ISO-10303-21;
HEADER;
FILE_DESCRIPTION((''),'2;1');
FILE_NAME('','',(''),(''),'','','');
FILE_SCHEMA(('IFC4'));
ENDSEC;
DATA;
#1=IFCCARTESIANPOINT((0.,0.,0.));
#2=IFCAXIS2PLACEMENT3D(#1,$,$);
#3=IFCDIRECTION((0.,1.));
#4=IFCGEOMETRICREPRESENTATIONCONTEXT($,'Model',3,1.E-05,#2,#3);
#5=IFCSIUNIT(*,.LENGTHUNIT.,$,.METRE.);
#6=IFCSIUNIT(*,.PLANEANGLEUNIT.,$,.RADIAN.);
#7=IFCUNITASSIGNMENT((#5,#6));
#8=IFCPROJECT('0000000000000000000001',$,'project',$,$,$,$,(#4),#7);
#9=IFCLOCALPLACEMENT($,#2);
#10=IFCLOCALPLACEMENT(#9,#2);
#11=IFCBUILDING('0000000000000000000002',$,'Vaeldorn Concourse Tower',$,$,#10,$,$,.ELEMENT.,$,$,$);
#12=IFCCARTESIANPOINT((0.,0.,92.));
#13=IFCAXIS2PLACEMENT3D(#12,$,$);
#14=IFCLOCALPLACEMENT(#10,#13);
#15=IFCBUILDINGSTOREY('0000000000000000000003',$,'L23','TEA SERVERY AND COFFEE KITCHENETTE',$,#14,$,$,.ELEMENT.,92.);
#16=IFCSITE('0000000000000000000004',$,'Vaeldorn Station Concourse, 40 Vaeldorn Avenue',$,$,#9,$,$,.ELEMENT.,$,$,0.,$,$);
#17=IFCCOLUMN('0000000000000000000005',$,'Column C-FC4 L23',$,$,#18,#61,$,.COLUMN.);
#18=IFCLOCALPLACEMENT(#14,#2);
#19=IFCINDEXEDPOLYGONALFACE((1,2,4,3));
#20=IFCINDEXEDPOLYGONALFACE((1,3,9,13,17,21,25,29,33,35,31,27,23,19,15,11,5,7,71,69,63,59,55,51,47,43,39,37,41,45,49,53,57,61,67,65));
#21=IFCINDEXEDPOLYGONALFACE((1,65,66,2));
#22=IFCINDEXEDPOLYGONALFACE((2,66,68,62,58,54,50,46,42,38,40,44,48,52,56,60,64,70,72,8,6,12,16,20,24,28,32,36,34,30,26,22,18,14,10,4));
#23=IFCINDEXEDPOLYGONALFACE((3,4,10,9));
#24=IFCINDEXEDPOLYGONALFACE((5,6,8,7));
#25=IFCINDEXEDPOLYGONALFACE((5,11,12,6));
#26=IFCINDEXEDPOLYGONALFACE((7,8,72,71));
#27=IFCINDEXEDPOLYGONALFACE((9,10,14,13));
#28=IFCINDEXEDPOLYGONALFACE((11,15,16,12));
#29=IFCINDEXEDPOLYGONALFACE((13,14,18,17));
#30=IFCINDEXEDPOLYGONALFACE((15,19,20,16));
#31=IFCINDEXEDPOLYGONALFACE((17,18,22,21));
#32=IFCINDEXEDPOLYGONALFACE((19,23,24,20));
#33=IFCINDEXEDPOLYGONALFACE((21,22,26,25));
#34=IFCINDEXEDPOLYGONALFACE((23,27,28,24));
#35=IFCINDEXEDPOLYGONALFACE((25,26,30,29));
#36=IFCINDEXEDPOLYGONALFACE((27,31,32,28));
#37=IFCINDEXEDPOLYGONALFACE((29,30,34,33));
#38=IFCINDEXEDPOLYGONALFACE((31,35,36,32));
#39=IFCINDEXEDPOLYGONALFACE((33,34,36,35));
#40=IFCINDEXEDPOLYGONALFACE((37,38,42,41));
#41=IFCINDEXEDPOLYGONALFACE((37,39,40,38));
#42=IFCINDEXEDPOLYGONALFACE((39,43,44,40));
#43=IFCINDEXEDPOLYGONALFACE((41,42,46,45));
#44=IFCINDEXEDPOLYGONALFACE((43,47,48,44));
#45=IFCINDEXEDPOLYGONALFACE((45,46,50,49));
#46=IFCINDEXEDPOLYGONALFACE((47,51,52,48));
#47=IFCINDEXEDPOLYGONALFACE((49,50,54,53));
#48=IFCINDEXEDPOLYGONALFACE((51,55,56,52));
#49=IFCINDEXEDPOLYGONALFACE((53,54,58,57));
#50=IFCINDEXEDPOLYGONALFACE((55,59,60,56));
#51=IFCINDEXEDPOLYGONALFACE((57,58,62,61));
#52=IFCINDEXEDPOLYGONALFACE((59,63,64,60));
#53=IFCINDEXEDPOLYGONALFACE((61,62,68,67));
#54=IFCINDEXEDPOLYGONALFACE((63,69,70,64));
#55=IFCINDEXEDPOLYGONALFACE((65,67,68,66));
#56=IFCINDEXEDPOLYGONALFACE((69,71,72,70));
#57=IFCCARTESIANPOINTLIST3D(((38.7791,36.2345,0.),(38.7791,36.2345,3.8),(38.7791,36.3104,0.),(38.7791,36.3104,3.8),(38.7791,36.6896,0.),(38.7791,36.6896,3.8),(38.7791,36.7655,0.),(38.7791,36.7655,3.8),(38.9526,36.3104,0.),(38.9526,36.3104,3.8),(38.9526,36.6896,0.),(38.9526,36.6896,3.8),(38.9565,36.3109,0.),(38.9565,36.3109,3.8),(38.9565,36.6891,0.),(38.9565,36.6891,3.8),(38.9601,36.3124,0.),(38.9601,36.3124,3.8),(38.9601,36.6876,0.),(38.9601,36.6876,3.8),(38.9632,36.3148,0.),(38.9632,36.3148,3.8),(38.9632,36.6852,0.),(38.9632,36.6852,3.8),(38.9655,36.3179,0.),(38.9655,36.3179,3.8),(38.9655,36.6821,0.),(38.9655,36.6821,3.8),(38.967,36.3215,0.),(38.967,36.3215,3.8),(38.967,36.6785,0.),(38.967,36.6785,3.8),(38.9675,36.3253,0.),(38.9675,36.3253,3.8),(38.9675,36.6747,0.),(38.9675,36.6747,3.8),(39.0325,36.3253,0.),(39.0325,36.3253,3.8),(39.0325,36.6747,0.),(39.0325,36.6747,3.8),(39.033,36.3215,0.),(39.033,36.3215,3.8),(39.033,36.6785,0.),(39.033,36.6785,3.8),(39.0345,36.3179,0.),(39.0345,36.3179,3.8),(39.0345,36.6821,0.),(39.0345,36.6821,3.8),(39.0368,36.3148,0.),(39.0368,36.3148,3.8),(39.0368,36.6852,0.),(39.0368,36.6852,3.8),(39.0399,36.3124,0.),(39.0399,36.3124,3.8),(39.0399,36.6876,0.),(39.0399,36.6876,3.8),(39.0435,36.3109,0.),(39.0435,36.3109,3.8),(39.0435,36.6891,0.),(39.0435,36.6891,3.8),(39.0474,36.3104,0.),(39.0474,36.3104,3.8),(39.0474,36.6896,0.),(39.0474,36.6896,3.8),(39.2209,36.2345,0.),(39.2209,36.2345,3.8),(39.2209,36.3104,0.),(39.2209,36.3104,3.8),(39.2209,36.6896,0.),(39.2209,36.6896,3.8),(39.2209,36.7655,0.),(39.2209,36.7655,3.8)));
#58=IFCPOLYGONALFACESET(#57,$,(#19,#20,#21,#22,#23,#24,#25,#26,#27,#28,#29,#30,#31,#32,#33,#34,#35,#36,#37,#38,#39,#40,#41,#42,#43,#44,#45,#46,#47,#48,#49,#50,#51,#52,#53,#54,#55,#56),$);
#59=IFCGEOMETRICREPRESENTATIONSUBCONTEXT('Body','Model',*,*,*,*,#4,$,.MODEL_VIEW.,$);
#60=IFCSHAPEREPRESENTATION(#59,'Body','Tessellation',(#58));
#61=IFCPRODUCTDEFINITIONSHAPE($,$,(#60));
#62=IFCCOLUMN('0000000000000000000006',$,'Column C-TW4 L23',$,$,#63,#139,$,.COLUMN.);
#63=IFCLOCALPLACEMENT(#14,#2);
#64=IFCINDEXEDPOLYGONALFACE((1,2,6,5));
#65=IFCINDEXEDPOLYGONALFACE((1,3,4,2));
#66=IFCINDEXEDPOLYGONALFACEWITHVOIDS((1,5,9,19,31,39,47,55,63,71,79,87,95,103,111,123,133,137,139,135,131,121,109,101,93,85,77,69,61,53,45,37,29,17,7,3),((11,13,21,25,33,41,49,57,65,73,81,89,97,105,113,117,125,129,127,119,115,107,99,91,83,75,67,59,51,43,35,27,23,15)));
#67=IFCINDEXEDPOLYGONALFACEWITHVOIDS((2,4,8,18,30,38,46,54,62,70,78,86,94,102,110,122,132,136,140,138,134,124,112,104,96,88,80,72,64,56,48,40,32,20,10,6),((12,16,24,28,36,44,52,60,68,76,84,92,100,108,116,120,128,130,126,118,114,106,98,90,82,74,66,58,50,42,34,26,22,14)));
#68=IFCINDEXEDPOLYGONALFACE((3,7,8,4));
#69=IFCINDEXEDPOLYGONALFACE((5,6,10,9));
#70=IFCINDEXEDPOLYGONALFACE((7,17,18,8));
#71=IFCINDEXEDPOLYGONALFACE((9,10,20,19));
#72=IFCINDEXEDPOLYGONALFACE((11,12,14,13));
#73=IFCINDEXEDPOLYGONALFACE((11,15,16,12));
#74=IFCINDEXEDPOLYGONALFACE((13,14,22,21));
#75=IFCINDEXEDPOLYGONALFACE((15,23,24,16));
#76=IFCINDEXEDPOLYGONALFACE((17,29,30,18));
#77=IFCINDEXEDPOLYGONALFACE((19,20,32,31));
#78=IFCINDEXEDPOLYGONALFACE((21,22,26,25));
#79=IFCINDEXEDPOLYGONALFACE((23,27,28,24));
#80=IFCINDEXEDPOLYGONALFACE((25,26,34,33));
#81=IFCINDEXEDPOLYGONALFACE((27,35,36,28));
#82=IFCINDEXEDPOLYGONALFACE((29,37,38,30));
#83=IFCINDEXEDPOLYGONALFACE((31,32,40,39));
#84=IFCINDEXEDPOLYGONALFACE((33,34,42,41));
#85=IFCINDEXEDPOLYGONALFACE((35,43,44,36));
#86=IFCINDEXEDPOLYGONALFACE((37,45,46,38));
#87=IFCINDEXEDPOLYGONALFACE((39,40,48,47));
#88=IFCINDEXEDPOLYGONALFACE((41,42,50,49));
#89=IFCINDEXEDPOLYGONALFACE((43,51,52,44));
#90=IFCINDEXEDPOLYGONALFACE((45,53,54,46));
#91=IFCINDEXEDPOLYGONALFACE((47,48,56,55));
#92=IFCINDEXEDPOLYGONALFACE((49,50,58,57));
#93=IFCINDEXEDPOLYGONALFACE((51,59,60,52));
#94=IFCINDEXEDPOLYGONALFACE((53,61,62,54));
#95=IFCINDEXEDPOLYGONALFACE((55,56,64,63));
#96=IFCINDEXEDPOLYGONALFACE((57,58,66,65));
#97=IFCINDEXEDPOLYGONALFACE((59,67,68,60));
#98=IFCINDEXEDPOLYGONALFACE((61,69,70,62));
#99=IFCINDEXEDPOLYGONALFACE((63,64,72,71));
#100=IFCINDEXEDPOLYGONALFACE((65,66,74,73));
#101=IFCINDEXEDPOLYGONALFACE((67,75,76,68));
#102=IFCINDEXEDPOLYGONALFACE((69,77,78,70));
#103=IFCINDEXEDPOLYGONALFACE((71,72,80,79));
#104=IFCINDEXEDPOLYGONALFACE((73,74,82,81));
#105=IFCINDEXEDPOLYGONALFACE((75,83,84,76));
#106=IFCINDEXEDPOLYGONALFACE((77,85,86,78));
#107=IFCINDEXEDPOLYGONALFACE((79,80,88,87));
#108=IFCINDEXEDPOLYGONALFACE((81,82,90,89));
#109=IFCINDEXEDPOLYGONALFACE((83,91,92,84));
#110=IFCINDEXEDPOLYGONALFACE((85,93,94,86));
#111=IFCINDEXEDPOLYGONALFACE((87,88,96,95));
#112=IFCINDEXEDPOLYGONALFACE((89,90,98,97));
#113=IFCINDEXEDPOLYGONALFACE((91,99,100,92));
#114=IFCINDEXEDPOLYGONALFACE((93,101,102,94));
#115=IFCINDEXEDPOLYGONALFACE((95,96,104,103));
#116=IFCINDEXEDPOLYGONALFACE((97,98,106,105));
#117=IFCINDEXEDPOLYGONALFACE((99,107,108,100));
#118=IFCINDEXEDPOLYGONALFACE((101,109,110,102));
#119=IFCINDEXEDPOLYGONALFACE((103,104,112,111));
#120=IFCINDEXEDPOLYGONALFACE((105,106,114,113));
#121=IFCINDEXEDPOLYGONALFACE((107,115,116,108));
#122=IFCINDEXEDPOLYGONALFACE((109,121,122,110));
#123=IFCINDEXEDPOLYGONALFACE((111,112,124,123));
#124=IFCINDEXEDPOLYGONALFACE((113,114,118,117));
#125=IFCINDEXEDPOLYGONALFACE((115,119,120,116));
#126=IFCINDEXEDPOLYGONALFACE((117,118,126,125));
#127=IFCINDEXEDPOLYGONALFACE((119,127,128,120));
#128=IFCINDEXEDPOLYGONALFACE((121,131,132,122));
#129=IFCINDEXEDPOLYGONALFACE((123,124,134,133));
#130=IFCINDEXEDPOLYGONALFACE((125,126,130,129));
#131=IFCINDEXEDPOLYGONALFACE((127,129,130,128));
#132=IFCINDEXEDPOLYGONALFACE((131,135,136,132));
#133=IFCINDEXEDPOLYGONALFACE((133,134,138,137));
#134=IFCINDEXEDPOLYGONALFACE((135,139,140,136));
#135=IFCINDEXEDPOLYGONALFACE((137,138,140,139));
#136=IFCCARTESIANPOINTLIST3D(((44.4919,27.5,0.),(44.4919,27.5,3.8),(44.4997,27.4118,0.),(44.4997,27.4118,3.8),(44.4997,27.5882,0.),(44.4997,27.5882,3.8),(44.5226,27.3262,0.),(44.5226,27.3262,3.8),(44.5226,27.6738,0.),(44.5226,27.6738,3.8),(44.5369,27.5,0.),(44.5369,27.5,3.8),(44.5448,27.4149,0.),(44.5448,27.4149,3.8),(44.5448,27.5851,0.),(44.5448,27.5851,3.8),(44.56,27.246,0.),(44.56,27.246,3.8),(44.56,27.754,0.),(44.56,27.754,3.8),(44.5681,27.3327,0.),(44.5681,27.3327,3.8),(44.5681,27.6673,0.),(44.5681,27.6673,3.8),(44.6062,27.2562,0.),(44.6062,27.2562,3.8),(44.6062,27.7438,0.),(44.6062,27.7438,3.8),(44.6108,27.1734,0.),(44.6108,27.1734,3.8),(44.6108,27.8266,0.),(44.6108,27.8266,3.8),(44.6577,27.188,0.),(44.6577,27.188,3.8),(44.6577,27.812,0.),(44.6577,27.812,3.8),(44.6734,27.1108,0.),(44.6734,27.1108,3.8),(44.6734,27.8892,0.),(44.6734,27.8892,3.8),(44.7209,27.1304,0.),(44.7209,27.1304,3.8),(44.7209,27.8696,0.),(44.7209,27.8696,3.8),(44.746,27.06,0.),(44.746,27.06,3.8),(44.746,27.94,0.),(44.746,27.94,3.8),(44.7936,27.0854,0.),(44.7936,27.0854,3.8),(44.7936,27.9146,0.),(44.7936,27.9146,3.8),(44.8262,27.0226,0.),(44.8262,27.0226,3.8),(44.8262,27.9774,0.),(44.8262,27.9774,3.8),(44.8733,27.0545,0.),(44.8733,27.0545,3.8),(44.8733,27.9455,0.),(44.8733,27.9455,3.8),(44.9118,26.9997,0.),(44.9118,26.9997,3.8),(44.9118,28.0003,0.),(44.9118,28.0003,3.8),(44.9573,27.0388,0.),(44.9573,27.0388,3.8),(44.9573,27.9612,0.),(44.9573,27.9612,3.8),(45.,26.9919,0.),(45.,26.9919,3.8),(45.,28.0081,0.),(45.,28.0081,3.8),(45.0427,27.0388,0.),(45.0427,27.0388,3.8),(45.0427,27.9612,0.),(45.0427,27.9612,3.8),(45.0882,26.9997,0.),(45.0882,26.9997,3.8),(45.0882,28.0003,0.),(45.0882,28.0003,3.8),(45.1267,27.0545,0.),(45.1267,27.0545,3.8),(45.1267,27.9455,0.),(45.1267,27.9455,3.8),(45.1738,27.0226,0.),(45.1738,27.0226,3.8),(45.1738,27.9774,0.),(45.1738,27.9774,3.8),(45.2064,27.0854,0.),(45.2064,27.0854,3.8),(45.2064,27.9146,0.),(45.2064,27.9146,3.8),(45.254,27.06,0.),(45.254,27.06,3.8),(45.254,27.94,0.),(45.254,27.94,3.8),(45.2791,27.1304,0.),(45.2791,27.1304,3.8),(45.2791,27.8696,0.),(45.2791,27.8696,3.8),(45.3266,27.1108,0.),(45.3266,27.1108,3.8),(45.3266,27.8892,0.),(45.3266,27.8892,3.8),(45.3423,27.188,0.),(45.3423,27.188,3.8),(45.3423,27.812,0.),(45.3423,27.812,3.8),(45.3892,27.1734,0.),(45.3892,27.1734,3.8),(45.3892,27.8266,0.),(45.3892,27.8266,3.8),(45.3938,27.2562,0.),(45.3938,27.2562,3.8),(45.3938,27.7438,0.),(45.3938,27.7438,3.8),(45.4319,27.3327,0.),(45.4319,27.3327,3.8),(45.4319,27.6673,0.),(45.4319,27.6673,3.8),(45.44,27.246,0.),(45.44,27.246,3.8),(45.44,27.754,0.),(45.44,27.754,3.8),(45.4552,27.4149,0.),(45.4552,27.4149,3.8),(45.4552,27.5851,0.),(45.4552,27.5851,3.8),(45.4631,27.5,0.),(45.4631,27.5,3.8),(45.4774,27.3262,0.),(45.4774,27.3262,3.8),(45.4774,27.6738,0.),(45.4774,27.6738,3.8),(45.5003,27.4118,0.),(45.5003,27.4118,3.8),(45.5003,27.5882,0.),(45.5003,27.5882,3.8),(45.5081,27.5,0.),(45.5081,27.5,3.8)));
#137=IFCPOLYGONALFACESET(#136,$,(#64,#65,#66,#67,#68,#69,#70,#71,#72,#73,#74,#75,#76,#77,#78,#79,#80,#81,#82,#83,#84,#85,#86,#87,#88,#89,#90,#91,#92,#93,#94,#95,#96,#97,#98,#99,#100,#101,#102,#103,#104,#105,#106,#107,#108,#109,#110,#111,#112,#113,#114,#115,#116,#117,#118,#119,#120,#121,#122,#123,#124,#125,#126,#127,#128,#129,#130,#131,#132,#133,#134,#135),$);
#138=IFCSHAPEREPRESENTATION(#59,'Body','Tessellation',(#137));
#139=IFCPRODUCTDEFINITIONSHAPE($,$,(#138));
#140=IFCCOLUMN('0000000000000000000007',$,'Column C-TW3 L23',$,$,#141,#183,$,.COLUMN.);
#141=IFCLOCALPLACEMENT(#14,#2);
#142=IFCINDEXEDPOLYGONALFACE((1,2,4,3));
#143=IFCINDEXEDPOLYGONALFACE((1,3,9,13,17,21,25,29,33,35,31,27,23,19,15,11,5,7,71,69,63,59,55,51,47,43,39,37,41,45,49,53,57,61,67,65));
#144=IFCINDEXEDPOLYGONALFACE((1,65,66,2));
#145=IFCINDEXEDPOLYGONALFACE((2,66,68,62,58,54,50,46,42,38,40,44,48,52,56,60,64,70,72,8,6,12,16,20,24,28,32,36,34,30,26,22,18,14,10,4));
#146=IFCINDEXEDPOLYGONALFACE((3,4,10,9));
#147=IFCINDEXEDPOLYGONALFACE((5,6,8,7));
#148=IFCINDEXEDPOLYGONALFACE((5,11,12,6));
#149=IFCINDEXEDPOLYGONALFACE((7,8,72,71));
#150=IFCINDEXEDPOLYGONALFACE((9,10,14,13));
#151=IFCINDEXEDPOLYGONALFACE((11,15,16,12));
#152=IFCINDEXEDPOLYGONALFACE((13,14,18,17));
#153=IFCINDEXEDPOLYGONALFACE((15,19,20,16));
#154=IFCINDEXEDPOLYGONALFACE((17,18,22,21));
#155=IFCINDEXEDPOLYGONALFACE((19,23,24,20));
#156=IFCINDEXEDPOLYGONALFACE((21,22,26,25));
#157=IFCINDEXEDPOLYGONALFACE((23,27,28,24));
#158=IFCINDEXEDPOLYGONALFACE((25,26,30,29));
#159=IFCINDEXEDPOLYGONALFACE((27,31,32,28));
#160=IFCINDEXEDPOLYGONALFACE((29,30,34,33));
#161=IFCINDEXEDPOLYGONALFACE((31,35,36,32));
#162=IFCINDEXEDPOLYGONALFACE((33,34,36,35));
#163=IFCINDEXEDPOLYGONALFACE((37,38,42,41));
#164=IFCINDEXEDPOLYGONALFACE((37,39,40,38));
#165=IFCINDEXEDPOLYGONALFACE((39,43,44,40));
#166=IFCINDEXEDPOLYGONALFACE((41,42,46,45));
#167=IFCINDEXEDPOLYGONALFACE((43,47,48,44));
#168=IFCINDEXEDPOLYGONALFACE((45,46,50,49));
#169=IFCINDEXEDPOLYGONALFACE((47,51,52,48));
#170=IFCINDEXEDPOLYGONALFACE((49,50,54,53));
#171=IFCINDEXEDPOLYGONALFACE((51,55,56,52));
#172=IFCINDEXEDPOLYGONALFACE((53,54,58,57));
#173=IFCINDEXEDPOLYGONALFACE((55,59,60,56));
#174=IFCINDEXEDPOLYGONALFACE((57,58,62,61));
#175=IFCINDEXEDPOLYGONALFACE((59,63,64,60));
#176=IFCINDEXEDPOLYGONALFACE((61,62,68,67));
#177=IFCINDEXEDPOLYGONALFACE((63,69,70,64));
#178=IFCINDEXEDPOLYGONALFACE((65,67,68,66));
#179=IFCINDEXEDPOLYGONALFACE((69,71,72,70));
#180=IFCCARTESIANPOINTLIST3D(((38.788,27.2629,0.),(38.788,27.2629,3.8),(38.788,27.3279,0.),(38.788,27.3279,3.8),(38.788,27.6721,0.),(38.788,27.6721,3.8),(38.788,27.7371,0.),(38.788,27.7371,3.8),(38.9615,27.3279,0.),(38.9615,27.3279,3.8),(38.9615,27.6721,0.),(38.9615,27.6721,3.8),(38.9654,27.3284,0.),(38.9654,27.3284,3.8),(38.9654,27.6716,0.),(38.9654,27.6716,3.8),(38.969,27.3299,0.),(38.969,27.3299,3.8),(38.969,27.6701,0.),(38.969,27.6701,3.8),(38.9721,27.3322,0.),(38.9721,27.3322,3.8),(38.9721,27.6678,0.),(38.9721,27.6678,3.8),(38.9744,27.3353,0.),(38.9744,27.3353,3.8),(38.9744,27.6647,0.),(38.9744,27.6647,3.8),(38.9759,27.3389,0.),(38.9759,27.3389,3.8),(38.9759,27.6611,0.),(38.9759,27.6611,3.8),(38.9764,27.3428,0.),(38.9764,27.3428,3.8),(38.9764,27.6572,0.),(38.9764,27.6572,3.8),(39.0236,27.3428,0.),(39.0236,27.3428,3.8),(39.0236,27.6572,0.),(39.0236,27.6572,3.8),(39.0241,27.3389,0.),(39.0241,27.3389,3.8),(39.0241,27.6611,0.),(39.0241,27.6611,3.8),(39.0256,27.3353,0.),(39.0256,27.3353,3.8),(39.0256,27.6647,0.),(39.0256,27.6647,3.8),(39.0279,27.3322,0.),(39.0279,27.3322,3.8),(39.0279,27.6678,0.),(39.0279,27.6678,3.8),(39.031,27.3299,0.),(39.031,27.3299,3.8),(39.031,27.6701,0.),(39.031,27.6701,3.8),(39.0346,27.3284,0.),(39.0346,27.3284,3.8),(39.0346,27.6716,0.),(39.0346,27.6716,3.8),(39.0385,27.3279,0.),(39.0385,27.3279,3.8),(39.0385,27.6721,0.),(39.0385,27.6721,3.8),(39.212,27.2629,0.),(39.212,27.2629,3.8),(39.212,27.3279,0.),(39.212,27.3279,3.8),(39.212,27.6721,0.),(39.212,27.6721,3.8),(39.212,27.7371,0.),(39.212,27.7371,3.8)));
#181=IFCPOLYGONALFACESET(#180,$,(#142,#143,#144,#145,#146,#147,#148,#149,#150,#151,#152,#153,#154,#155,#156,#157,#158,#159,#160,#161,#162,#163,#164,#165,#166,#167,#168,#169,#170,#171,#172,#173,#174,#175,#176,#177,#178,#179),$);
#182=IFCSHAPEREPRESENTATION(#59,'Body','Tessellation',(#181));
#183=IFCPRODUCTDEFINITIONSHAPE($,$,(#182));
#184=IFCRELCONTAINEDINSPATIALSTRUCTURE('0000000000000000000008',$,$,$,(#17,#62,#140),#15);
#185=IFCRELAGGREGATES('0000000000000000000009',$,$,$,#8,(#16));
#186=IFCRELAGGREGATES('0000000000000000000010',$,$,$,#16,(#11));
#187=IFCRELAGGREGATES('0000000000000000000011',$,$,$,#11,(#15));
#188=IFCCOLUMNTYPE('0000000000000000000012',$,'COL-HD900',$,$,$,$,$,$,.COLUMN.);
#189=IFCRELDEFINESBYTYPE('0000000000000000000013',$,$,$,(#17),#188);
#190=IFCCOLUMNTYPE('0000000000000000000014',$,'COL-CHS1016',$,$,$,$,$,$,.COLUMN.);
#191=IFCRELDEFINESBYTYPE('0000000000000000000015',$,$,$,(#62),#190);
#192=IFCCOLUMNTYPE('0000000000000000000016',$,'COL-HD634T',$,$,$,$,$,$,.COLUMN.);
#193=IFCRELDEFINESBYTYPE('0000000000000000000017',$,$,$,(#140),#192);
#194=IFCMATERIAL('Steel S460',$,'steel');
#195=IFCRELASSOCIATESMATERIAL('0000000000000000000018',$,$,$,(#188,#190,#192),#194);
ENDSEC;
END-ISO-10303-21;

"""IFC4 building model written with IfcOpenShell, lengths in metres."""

from ifc_helpers import new_model, si_unit, direction, frame, origin, origin_2d, place, context, subcontext, project, spatial, hollow_circle, i_section, extrude, source, transform, mapped, material, material_profile, profile_set, type_object, element, save


model = new_model("IFC4")

# Units and contexts
model_context = context("Model", 3, precision=1e-05, world=origin(), true_north=direction((0.0, 1.0)))
body_context = subcontext(model_context, "Body", "Model", "MODEL_VIEW")
ifc_project = project(units=[si_unit("LENGTHUNIT", "METRE"), si_unit("PLANEANGLEUNIT", "RADIAN")], contexts=[model_context])

# Site, building, storey
site_placement = place(None, origin())
site = spatial("IfcSite", under=ifc_project, at=site_placement, Name="Vaeldorn Station Concourse, 40 Vaeldorn Avenue", CompositionType="ELEMENT", RefElevation=0.0)
building_placement = place(site_placement, origin())
building = spatial("IfcBuilding", under=site, at=building_placement, Name="Vaeldorn Concourse Tower", CompositionType="ELEMENT")
storey_placement = place(building_placement, frame((0.0, 0.0, 92.0)))
storey = spatial("IfcBuildingStorey", under=building, at=storey_placement, Name="L23", Description="TEA SERVERY AND COFFEE KITCHENETTE", CompositionType="ELEMENT", Elevation=92.0)

# Columns
ifc_material_1 = material(Name="Steel S460", Category="steel")
ifc_material_profile_1 = material_profile(ifc_material_1, i_section(OverallWidth=0.4419, OverallDepth=0.531, WebThickness=0.0649, FlangeThickness=0.0759, FilletRadius=0.0149, at=origin_2d()), Name="HD 400x900")
ifc_profile_set_1 = profile_set([ifc_material_profile_1], Name="Steel S460")
column_type_1 = type_object("IfcColumnType", Name="COL-HD900", PredefinedType="COLUMN", material=ifc_profile_set_1)
shared_shape_1 = source(origin(), body_context, "Body", "SweptSolid", [
    extrude(i_section(OverallWidth=0.4419, OverallDepth=0.531, WebThickness=0.0649, FlangeThickness=0.0759, FilletRadius=0.0149, at=origin_2d()), origin(), (0.0, 0.0, 1.0), 3.8),
])
column_1_placement = place(storey_placement, frame((39.0, 36.5, 0.0), z_axis=(0.0, 0.0, 1.0), x_axis=(1.0, 0.0, 0.0)))
element("IfcColumn", 1, at=column_1_placement, inside=storey, type_object=column_type_1, Name="Column C-FC4 L23", PredefinedType="COLUMN", context=body_context, shape_type="MappedRepresentation", body=[
    mapped(shared_shape_1, transform((0.0, 0.0, 0.0), scale=1.0)),
])
ifc_material_profile_2 = material_profile(ifc_material_1, hollow_circle(Radius=0.5081, WallThickness=0.0449, at=origin_2d()), Name="CHS 1016x45")
ifc_profile_set_2 = profile_set([ifc_material_profile_2], Name="Steel S460")
column_type_2 = type_object("IfcColumnType", Name="COL-CHS1016", PredefinedType="COLUMN", material=ifc_profile_set_2)
shared_shape_2 = source(origin(), body_context, "Body", "SweptSolid", [
    extrude(hollow_circle(Radius=0.5081, WallThickness=0.0449, at=origin_2d()), origin(), (0.0, 0.0, 1.0), 3.8),
])
column_2_placement = place(storey_placement, frame((45.0, 27.5, 0.0), z_axis=(0.0, 0.0, 1.0), x_axis=(1.0, 0.0, 0.0)))
element("IfcColumn", 2, at=column_2_placement, inside=storey, type_object=column_type_2, Name="Column C-TW4 L23", PredefinedType="COLUMN", context=body_context, shape_type="MappedRepresentation", body=[
    mapped(shared_shape_2, transform((0.0, 0.0, 0.0), scale=1.0)),
])
ifc_material_profile_3 = material_profile(ifc_material_1, i_section(OverallWidth=0.4241, OverallDepth=0.4741, WebThickness=0.0471, FlangeThickness=0.0649, FilletRadius=0.0149, at=origin_2d()), Name="HD 400x634")
ifc_profile_set_3 = profile_set([ifc_material_profile_3], Name="Steel S460")
column_type_3 = type_object("IfcColumnType", Name="COL-HD634T", PredefinedType="COLUMN", material=ifc_profile_set_3)
shared_shape_3 = source(origin(), body_context, "Body", "SweptSolid", [
    extrude(i_section(OverallWidth=0.4241, OverallDepth=0.4741, WebThickness=0.0471, FlangeThickness=0.0649, FilletRadius=0.0149, at=origin_2d()), origin(), (0.0, 0.0, 1.0), 3.8),
])
for number, where, z_axis, x_axis, name in (
    (3, (39.0, 27.5, 0.0), (0.0, 0.0, 1.0), (1.0, 0.0, 0.0), "Column C-TW3 L23"),
):
    element("IfcColumn", number, at=place(storey_placement, frame(where, z_axis=z_axis, x_axis=x_axis)), inside=storey, type_object=column_type_3, Name=name, PredefinedType="COLUMN", context=body_context, shape_type="MappedRepresentation", body=[
        mapped(shared_shape_3, transform((0.0, 0.0, 0.0), scale=1.0)),
    ])

save(model, "model.ifc")
